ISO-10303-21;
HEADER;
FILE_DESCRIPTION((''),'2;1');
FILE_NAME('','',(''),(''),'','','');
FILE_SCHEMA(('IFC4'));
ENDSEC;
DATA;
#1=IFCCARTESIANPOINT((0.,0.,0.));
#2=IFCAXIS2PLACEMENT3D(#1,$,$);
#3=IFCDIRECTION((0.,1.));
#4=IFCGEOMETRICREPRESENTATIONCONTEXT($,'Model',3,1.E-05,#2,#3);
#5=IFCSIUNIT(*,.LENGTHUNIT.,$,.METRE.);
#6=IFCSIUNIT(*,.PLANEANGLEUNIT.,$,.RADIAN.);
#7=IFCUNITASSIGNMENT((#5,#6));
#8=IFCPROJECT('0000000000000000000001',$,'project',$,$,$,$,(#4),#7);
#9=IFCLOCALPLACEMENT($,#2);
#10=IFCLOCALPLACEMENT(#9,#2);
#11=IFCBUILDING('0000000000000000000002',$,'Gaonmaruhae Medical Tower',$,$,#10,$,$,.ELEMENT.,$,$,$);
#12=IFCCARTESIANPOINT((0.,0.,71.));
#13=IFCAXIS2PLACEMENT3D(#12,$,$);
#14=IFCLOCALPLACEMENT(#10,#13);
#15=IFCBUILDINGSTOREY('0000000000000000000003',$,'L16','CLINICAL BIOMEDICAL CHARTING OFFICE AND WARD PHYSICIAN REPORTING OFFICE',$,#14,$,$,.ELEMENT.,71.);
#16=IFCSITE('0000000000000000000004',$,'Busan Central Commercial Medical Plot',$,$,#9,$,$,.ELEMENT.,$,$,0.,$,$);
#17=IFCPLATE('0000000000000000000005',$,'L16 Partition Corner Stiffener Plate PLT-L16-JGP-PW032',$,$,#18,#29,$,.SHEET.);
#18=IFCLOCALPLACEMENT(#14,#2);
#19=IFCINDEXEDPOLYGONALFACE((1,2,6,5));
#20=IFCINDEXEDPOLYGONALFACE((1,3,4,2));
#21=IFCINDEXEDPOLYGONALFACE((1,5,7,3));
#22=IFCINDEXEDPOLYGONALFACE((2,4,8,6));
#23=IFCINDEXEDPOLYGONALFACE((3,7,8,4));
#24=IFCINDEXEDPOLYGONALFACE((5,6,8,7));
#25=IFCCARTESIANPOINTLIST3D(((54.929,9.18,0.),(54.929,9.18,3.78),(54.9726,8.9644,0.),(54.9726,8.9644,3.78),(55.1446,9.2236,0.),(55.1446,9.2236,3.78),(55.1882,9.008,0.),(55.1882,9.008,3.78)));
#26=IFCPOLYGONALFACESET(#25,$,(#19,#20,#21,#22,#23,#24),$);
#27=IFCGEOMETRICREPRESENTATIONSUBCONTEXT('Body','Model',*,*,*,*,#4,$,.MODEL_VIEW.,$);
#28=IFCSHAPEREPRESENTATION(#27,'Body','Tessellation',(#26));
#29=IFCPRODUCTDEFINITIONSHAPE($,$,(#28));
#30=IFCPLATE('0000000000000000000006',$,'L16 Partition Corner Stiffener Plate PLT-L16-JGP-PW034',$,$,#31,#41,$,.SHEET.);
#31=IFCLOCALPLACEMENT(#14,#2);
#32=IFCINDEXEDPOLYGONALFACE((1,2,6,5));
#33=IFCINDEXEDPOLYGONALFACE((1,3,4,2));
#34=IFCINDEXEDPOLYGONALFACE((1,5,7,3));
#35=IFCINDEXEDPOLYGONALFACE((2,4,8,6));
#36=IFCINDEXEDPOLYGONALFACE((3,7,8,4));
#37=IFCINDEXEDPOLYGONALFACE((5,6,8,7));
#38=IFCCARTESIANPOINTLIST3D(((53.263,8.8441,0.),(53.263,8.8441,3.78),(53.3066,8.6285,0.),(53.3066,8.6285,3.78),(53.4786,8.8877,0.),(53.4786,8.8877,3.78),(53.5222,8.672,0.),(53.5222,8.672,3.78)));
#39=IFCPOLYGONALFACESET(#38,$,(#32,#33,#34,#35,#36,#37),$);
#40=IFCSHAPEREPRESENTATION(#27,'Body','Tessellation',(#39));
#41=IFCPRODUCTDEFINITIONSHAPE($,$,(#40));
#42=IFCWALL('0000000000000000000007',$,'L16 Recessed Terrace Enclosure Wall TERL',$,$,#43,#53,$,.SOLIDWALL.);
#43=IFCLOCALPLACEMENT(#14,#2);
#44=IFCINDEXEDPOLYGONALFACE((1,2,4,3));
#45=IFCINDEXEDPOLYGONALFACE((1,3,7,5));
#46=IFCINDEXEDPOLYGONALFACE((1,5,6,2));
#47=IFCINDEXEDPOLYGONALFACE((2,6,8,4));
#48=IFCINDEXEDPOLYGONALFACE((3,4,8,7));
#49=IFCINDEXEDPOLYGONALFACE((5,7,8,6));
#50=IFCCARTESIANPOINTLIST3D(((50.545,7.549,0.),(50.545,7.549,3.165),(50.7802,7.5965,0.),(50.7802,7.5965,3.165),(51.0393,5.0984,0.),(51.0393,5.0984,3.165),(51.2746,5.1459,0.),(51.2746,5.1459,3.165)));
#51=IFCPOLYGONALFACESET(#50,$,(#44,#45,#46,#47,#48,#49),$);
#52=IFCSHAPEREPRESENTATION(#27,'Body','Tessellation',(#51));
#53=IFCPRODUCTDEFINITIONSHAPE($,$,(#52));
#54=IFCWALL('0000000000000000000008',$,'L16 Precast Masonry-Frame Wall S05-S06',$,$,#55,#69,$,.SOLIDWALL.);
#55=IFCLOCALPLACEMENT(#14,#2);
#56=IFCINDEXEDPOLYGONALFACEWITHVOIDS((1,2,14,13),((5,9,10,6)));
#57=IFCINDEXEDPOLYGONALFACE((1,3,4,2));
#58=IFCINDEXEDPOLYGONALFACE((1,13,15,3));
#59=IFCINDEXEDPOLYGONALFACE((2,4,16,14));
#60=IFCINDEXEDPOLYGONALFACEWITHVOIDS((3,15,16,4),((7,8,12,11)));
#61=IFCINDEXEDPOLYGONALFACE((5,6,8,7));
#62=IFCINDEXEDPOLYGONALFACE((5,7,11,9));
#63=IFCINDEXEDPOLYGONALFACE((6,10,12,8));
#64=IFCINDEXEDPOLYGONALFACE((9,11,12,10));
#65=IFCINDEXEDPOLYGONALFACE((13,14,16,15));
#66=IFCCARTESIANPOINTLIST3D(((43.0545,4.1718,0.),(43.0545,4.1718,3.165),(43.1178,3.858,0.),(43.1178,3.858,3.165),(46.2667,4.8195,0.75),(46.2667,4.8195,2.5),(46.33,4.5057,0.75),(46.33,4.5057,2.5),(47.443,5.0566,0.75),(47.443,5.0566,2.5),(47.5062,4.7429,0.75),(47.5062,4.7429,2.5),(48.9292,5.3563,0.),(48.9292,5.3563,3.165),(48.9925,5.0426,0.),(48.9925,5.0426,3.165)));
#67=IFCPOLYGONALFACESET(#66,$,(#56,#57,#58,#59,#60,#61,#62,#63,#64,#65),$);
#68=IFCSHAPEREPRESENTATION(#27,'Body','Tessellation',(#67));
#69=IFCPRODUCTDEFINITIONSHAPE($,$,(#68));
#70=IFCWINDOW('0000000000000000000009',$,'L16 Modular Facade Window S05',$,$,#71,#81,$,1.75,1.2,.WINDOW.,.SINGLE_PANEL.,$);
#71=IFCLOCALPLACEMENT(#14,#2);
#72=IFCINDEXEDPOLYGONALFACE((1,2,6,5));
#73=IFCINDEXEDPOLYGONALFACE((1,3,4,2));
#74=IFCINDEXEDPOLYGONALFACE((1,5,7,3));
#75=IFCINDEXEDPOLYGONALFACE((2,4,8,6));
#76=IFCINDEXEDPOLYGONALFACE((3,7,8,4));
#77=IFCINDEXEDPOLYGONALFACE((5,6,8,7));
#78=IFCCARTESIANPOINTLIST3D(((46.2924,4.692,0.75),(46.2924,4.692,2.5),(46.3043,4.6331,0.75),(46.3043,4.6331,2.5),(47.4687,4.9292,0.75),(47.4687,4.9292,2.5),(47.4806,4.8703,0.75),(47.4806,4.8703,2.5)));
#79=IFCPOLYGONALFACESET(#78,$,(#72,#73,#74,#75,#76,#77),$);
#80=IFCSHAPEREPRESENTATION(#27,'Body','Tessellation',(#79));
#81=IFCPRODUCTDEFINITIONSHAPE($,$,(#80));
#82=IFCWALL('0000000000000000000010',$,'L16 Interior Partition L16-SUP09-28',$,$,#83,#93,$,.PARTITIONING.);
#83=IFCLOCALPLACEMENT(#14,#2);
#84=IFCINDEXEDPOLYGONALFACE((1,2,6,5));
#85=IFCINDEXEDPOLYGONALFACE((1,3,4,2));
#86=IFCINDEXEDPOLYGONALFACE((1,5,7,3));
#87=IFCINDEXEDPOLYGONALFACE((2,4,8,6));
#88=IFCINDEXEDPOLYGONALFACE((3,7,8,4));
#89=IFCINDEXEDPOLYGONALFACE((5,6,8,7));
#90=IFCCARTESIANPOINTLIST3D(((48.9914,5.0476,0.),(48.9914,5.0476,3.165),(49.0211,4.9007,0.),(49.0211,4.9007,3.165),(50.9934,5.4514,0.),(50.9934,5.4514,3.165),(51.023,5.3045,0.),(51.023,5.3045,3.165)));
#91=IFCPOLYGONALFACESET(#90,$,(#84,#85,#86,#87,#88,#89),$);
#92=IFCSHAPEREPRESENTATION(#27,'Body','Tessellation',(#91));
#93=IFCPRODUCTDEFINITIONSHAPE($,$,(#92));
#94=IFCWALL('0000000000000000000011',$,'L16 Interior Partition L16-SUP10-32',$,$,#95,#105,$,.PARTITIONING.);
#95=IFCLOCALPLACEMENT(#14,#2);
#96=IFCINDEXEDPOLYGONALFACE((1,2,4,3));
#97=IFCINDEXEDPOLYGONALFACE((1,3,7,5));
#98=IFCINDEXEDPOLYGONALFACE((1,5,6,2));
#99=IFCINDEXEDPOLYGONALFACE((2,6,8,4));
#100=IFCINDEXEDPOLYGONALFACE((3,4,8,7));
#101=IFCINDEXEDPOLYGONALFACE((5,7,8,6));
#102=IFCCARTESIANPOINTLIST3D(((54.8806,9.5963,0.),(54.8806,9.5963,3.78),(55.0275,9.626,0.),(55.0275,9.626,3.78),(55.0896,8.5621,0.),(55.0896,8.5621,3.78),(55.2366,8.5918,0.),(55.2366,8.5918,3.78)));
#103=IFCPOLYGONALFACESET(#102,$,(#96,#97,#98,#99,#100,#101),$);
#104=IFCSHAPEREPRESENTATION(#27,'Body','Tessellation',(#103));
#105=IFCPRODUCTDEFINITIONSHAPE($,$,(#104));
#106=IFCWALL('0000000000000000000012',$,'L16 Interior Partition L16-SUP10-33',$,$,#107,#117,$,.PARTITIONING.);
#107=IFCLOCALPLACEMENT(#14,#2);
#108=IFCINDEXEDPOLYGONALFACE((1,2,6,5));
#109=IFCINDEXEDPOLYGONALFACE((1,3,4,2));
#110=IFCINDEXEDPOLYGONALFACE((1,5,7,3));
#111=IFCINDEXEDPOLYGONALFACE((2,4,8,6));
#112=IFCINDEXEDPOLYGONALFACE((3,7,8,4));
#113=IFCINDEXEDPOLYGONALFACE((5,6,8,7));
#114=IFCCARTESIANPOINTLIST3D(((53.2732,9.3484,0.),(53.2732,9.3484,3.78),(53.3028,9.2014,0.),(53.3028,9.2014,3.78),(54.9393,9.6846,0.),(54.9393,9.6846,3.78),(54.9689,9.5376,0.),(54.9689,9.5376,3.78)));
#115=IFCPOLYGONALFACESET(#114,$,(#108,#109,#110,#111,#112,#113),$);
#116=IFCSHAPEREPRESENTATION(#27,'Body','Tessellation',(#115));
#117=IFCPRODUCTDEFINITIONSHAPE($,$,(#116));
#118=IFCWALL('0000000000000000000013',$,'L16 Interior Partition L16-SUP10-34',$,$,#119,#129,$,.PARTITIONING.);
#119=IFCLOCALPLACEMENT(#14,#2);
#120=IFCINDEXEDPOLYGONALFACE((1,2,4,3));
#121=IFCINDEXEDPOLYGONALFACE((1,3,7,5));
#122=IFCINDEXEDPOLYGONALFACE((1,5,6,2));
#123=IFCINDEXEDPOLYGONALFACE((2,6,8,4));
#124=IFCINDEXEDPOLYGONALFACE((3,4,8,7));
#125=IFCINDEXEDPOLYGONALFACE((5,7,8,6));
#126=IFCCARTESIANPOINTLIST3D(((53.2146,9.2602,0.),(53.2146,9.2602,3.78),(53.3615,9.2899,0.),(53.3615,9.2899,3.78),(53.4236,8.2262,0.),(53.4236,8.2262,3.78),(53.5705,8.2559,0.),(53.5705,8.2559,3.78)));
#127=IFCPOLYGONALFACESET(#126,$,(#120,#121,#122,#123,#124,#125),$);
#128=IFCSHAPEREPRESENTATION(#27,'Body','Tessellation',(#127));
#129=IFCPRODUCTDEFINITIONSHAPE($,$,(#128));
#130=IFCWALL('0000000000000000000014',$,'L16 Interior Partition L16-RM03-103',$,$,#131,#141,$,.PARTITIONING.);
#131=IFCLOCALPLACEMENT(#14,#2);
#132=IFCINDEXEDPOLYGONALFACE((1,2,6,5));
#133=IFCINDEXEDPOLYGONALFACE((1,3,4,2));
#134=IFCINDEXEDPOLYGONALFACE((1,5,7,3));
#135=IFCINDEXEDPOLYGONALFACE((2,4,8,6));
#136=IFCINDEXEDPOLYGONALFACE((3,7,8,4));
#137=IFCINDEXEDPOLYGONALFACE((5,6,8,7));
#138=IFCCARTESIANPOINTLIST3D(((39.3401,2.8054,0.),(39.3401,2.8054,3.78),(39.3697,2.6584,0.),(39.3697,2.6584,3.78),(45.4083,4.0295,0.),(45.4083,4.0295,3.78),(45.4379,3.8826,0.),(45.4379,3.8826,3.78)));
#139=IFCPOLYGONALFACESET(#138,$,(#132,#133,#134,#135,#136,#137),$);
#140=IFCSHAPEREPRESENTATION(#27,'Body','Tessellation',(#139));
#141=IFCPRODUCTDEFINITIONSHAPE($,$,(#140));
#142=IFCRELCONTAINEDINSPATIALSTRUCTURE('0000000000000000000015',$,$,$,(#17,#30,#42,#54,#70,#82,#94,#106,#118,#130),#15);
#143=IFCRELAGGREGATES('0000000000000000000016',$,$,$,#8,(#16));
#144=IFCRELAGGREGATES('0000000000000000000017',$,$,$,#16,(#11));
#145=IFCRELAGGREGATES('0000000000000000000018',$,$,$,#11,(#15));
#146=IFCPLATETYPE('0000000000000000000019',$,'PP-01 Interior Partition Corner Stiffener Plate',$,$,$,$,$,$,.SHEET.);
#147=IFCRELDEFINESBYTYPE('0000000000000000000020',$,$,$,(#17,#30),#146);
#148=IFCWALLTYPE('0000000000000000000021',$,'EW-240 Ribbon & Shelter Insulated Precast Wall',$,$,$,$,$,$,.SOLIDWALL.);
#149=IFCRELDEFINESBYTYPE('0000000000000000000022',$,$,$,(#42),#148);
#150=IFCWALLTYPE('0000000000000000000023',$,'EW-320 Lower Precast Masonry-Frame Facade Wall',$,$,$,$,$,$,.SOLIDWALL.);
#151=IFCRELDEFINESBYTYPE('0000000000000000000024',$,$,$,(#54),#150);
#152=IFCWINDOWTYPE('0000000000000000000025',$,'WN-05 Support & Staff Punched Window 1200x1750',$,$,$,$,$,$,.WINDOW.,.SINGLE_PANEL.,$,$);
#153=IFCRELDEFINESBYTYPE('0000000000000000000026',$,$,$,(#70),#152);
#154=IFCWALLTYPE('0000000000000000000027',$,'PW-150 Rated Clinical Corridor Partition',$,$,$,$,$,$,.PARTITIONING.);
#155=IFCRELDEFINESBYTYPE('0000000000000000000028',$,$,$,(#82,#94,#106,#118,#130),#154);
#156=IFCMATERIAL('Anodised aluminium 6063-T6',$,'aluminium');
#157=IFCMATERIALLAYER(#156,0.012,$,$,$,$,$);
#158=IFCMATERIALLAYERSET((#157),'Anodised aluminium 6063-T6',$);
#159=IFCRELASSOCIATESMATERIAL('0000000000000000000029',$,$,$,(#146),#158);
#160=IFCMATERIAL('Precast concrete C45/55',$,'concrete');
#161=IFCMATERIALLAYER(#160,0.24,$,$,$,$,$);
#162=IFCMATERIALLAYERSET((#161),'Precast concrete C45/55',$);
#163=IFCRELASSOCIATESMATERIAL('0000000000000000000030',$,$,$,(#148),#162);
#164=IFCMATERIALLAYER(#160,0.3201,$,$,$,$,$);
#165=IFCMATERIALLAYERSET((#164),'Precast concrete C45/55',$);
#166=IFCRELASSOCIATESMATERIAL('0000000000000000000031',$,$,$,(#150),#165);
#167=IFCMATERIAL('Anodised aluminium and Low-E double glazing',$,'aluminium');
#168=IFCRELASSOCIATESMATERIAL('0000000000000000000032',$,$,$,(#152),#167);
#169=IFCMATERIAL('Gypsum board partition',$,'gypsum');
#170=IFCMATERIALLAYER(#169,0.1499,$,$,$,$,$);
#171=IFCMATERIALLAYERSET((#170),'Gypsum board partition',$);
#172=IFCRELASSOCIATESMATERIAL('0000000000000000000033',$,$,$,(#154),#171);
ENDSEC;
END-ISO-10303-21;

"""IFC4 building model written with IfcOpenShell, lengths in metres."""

from ifc_helpers import new_model, si_unit, direction, frame, frame_2d, origin, origin_2d, place, context, subcontext, project, spatial, rectangle, extrude, material, layer, layer_set, type_object, element, fill, save


model = new_model("IFC4")

# Units and contexts
model_context = context("Model", 3, precision=1e-05, world=origin(), true_north=direction((0.0, 1.0)))
body_context = subcontext(model_context, "Body", "Model", "MODEL_VIEW")
ifc_project = project(units=[si_unit("LENGTHUNIT", "METRE"), si_unit("PLANEANGLEUNIT", "RADIAN")], contexts=[model_context])

# Site, building, storey
site_placement = place(None, origin())
site = spatial("IfcSite", under=ifc_project, at=site_placement, Name="Busan Central Commercial Medical Plot", CompositionType="ELEMENT", RefElevation=0.0)
building_placement = place(site_placement, origin())
building = spatial("IfcBuilding", under=site, at=building_placement, Name="Gaonmaruhae Medical Tower", CompositionType="ELEMENT")
storey_placement = place(building_placement, frame((0.0, 0.0, 71.0)))
storey = spatial("IfcBuildingStorey", under=building, at=storey_placement, Name="L16", Description="CLINICAL BIOMEDICAL CHARTING OFFICE AND WARD PHYSICIAN REPORTING OFFICE", CompositionType="ELEMENT", Elevation=71.0)

# Plates
ifc_material_1 = material(Name="Anodised aluminium 6063-T6", Category="aluminium")
ifc_layer_1 = layer(ifc_material_1, 0.012)
ifc_layer_set_1 = layer_set([ifc_layer_1], Name="Anodised aluminium 6063-T6")
plate_type = type_object("IfcPlateType", Name="PP-01 Interior Partition Corner Stiffener Plate", PredefinedType="SHEET", material=ifc_layer_set_1)
for number, where, z_axis, x_axis, name in (
    (1, (55.0586, 9.094, 0.0), (0.0, 0.0, 1.0), (-0.198119, 0.980178, 0.0), "L16 Partition Corner Stiffener Plate PLT-L16-JGP-PW032"),
    (2, (53.3926, 8.7581, 0.0), (0.0, 0.0, 1.0), (0.198119, -0.980178, 0.0), "L16 Partition Corner Stiffener Plate PLT-L16-JGP-PW034"),
):
    element("IfcPlate", number, at=place(storey_placement, frame(where, z_axis=z_axis, x_axis=x_axis)), inside=storey, type_object=plate_type, Name=name, PredefinedType="SHEET", context=body_context, shape_type="SweptSolid", body=[
        extrude(rectangle(XDim=0.22, YDim=0.22, at=origin_2d()), origin(), (0.0, 0.0, 1.0), 3.78),
    ])

# Wall
ifc_material_2 = material(Name="Precast concrete C45/55", Category="concrete")
ifc_layer_2 = layer(ifc_material_2, 0.24)
ifc_layer_set_2 = layer_set([ifc_layer_2], Name="Precast concrete C45/55")
wall_type_1 = type_object("IfcWallType", Name="EW-240 Ribbon & Shelter Insulated Precast Wall", PredefinedType="SOLIDWALL", material=ifc_layer_set_2)
wall_1_placement = place(storey_placement, frame((50.6626, 7.5728, 0.0), z_axis=(0.0, 0.0, 1.0), x_axis=(0.19775, -0.980253, 0.0)))
element("IfcWall", 3, at=wall_1_placement, inside=storey, type_object=wall_type_1, Name="L16 Recessed Terrace Enclosure Wall TERL", PredefinedType="SOLIDWALL", context=body_context, shape_type="SweptSolid", body=[
    extrude(rectangle(XDim=2.5, YDim=0.24, at=frame_2d((1.25, 0.0))), origin(), (0.0, 0.0, 1.0), 3.165),
])

# Wall, opening, window
ifc_layer_3 = layer(ifc_material_2, 0.3201)
ifc_layer_set_3 = layer_set([ifc_layer_3], Name="Precast concrete C45/55")
wall_type_2 = type_object("IfcWallType", Name="EW-320 Lower Precast Masonry-Frame Facade Wall", PredefinedType="SOLIDWALL", material=ifc_layer_set_3)
wall_2_placement = place(storey_placement, frame((48.9609, 5.1995, 0.0), z_axis=(0.0, 0.0, 1.0), x_axis=(-0.980271, -0.197659, 0.0)))
wall_2 = element("IfcWall", 4, at=wall_2_placement, inside=storey, type_object=wall_type_2, Name="L16 Precast Masonry-Frame Wall S05-S06", PredefinedType="SOLIDWALL", context=body_context, shape_type="SweptSolid", body=[
    extrude(rectangle(XDim=5.9929, YDim=0.3201, at=frame_2d((2.9966, 0.0))), origin(), (0.0, 0.0, 1.0), 3.165),
])
opening_placement = place(wall_2_placement, frame((1.5161, 0.0, 0.75)))
opening = element("IfcOpeningElement", 5, at=opening_placement, cuts=wall_2, PredefinedType="OPENING", context=body_context, shape_type="SweptSolid", body=[
    extrude(rectangle(XDim=1.2, YDim=1.75, at=frame_2d((0.6001, 0.875))), frame((0.0, 0.1699, 0.0), z_axis=(0.0, -1.0, 0.0), x_axis=(1.0, 0.0, 0.0)), (0.0, 0.0, 1.0), 0.3401),
])
ifc_material_3 = material(Name="Anodised aluminium and Low-E double glazing", Category="aluminium")
window_type = type_object("IfcWindowType", Name="WN-05 Support & Staff Punched Window 1200x1750", PartitioningType="SINGLE_PANEL", PredefinedType="WINDOW", material=ifc_material_3)
window_placement = place(opening_placement, origin())
window = element("IfcWindow", 6, at=window_placement, inside=storey, type_object=window_type, Name="L16 Modular Facade Window S05", OverallHeight=1.75, OverallWidth=1.2, PartitioningType="SINGLE_PANEL", PredefinedType="WINDOW", context=body_context, shape_type="SweptSolid", body=[
    extrude(rectangle(XDim=1.2, YDim=1.75, at=frame_2d((0.6001, 0.875))), frame((0.0, 0.03, 0.0), z_axis=(0.0, -1.0, 0.0), x_axis=(1.0, 0.0, 0.0)), (0.0, 0.0, 1.0), 0.0601),
])
fill(opening, window)

# Walls
ifc_material_4 = material(Name="Gypsum board partition", Category="gypsum")
ifc_layer_4 = layer(ifc_material_4, 0.1499)
ifc_layer_set_4 = layer_set([ifc_layer_4], Name="Gypsum board partition")
wall_type_3 = type_object("IfcWallType", Name="PW-150 Rated Clinical Corridor Partition", PredefinedType="PARTITIONING", material=ifc_layer_set_4)
wall_3_placement = place(storey_placement, frame((51.0081, 5.3779, 0.0), z_axis=(0.0, 0.0, 1.0), x_axis=(-0.980258, -0.197725, 0.0)))
element("IfcWall", 7, at=wall_3_placement, inside=storey, type_object=wall_type_3, Name="L16 Interior Partition L16-SUP09-28", PredefinedType="PARTITIONING", context=body_context, shape_type="SweptSolid", body=[
    extrude(rectangle(XDim=2.0422, YDim=0.1499, at=frame_2d((1.021, 0.0))), origin(), (0.0, 0.0, 1.0), 3.165),
])
wall_4_placement = place(storey_placement, frame((55.1631, 8.5769, 0.0), z_axis=(0.0, 0.0, 1.0), x_axis=(-0.198074, 0.980187, 0.0)))
element("IfcWall", 8, at=wall_4_placement, inside=storey, type_object=wall_type_3, Name="L16 Interior Partition L16-SUP10-32", PredefinedType="PARTITIONING", context=body_context, shape_type="SweptSolid", body=[
    extrude(rectangle(XDim=1.0552, YDim=0.1499, at=frame_2d((0.5276, 0.0))), origin(), (0.0, 0.0, 1.0), 3.78),
])
wall_5_placement = place(storey_placement, frame((54.9541, 9.6111, 0.0), z_axis=(0.0, 0.0, 1.0), x_axis=(-0.980242, -0.197801, 0.0)))
element("IfcWall", 9, at=wall_5_placement, inside=storey, type_object=wall_type_3, Name="L16 Interior Partition L16-SUP10-33", PredefinedType="PARTITIONING", context=body_context, shape_type="SweptSolid", body=[
    extrude(rectangle(XDim=1.6997, YDim=0.1499, at=frame_2d((0.8499, 0.0))), origin(), (0.0, 0.0, 1.0), 3.78),
])
wall_6_placement = place(storey_placement, frame((53.2881, 9.2749, 0.0), z_axis=(0.0, 0.0, 1.0), x_axis=(0.198119, -0.980178, 0.0)))
element("IfcWall", 10, at=wall_6_placement, inside=storey, type_object=wall_type_3, Name="L16 Interior Partition L16-SUP10-34", PredefinedType="PARTITIONING", context=body_context, shape_type="SweptSolid", body=[
    extrude(rectangle(XDim=1.0549, YDim=0.1499, at=frame_2d((0.5273, 0.0))), origin(), (0.0, 0.0, 1.0), 3.78),
])
wall_7_placement = place(storey_placement, frame((45.4231, 3.9561, 0.0), z_axis=(0.0, 0.0, 1.0), x_axis=(-0.980253, -0.197747, 0.0)))
element("IfcWall", 11, at=wall_7_placement, inside=storey, type_object=wall_type_3, Name="L16 Interior Partition L16-RM03-103", PredefinedType="PARTITIONING", context=body_context, shape_type="SweptSolid", body=[
    extrude(rectangle(XDim=6.1904, YDim=0.1499, at=frame_2d((3.0952, 0.0))), origin(), (0.0, 0.0, 1.0), 3.78),
])

save(model, "model.ifc")
